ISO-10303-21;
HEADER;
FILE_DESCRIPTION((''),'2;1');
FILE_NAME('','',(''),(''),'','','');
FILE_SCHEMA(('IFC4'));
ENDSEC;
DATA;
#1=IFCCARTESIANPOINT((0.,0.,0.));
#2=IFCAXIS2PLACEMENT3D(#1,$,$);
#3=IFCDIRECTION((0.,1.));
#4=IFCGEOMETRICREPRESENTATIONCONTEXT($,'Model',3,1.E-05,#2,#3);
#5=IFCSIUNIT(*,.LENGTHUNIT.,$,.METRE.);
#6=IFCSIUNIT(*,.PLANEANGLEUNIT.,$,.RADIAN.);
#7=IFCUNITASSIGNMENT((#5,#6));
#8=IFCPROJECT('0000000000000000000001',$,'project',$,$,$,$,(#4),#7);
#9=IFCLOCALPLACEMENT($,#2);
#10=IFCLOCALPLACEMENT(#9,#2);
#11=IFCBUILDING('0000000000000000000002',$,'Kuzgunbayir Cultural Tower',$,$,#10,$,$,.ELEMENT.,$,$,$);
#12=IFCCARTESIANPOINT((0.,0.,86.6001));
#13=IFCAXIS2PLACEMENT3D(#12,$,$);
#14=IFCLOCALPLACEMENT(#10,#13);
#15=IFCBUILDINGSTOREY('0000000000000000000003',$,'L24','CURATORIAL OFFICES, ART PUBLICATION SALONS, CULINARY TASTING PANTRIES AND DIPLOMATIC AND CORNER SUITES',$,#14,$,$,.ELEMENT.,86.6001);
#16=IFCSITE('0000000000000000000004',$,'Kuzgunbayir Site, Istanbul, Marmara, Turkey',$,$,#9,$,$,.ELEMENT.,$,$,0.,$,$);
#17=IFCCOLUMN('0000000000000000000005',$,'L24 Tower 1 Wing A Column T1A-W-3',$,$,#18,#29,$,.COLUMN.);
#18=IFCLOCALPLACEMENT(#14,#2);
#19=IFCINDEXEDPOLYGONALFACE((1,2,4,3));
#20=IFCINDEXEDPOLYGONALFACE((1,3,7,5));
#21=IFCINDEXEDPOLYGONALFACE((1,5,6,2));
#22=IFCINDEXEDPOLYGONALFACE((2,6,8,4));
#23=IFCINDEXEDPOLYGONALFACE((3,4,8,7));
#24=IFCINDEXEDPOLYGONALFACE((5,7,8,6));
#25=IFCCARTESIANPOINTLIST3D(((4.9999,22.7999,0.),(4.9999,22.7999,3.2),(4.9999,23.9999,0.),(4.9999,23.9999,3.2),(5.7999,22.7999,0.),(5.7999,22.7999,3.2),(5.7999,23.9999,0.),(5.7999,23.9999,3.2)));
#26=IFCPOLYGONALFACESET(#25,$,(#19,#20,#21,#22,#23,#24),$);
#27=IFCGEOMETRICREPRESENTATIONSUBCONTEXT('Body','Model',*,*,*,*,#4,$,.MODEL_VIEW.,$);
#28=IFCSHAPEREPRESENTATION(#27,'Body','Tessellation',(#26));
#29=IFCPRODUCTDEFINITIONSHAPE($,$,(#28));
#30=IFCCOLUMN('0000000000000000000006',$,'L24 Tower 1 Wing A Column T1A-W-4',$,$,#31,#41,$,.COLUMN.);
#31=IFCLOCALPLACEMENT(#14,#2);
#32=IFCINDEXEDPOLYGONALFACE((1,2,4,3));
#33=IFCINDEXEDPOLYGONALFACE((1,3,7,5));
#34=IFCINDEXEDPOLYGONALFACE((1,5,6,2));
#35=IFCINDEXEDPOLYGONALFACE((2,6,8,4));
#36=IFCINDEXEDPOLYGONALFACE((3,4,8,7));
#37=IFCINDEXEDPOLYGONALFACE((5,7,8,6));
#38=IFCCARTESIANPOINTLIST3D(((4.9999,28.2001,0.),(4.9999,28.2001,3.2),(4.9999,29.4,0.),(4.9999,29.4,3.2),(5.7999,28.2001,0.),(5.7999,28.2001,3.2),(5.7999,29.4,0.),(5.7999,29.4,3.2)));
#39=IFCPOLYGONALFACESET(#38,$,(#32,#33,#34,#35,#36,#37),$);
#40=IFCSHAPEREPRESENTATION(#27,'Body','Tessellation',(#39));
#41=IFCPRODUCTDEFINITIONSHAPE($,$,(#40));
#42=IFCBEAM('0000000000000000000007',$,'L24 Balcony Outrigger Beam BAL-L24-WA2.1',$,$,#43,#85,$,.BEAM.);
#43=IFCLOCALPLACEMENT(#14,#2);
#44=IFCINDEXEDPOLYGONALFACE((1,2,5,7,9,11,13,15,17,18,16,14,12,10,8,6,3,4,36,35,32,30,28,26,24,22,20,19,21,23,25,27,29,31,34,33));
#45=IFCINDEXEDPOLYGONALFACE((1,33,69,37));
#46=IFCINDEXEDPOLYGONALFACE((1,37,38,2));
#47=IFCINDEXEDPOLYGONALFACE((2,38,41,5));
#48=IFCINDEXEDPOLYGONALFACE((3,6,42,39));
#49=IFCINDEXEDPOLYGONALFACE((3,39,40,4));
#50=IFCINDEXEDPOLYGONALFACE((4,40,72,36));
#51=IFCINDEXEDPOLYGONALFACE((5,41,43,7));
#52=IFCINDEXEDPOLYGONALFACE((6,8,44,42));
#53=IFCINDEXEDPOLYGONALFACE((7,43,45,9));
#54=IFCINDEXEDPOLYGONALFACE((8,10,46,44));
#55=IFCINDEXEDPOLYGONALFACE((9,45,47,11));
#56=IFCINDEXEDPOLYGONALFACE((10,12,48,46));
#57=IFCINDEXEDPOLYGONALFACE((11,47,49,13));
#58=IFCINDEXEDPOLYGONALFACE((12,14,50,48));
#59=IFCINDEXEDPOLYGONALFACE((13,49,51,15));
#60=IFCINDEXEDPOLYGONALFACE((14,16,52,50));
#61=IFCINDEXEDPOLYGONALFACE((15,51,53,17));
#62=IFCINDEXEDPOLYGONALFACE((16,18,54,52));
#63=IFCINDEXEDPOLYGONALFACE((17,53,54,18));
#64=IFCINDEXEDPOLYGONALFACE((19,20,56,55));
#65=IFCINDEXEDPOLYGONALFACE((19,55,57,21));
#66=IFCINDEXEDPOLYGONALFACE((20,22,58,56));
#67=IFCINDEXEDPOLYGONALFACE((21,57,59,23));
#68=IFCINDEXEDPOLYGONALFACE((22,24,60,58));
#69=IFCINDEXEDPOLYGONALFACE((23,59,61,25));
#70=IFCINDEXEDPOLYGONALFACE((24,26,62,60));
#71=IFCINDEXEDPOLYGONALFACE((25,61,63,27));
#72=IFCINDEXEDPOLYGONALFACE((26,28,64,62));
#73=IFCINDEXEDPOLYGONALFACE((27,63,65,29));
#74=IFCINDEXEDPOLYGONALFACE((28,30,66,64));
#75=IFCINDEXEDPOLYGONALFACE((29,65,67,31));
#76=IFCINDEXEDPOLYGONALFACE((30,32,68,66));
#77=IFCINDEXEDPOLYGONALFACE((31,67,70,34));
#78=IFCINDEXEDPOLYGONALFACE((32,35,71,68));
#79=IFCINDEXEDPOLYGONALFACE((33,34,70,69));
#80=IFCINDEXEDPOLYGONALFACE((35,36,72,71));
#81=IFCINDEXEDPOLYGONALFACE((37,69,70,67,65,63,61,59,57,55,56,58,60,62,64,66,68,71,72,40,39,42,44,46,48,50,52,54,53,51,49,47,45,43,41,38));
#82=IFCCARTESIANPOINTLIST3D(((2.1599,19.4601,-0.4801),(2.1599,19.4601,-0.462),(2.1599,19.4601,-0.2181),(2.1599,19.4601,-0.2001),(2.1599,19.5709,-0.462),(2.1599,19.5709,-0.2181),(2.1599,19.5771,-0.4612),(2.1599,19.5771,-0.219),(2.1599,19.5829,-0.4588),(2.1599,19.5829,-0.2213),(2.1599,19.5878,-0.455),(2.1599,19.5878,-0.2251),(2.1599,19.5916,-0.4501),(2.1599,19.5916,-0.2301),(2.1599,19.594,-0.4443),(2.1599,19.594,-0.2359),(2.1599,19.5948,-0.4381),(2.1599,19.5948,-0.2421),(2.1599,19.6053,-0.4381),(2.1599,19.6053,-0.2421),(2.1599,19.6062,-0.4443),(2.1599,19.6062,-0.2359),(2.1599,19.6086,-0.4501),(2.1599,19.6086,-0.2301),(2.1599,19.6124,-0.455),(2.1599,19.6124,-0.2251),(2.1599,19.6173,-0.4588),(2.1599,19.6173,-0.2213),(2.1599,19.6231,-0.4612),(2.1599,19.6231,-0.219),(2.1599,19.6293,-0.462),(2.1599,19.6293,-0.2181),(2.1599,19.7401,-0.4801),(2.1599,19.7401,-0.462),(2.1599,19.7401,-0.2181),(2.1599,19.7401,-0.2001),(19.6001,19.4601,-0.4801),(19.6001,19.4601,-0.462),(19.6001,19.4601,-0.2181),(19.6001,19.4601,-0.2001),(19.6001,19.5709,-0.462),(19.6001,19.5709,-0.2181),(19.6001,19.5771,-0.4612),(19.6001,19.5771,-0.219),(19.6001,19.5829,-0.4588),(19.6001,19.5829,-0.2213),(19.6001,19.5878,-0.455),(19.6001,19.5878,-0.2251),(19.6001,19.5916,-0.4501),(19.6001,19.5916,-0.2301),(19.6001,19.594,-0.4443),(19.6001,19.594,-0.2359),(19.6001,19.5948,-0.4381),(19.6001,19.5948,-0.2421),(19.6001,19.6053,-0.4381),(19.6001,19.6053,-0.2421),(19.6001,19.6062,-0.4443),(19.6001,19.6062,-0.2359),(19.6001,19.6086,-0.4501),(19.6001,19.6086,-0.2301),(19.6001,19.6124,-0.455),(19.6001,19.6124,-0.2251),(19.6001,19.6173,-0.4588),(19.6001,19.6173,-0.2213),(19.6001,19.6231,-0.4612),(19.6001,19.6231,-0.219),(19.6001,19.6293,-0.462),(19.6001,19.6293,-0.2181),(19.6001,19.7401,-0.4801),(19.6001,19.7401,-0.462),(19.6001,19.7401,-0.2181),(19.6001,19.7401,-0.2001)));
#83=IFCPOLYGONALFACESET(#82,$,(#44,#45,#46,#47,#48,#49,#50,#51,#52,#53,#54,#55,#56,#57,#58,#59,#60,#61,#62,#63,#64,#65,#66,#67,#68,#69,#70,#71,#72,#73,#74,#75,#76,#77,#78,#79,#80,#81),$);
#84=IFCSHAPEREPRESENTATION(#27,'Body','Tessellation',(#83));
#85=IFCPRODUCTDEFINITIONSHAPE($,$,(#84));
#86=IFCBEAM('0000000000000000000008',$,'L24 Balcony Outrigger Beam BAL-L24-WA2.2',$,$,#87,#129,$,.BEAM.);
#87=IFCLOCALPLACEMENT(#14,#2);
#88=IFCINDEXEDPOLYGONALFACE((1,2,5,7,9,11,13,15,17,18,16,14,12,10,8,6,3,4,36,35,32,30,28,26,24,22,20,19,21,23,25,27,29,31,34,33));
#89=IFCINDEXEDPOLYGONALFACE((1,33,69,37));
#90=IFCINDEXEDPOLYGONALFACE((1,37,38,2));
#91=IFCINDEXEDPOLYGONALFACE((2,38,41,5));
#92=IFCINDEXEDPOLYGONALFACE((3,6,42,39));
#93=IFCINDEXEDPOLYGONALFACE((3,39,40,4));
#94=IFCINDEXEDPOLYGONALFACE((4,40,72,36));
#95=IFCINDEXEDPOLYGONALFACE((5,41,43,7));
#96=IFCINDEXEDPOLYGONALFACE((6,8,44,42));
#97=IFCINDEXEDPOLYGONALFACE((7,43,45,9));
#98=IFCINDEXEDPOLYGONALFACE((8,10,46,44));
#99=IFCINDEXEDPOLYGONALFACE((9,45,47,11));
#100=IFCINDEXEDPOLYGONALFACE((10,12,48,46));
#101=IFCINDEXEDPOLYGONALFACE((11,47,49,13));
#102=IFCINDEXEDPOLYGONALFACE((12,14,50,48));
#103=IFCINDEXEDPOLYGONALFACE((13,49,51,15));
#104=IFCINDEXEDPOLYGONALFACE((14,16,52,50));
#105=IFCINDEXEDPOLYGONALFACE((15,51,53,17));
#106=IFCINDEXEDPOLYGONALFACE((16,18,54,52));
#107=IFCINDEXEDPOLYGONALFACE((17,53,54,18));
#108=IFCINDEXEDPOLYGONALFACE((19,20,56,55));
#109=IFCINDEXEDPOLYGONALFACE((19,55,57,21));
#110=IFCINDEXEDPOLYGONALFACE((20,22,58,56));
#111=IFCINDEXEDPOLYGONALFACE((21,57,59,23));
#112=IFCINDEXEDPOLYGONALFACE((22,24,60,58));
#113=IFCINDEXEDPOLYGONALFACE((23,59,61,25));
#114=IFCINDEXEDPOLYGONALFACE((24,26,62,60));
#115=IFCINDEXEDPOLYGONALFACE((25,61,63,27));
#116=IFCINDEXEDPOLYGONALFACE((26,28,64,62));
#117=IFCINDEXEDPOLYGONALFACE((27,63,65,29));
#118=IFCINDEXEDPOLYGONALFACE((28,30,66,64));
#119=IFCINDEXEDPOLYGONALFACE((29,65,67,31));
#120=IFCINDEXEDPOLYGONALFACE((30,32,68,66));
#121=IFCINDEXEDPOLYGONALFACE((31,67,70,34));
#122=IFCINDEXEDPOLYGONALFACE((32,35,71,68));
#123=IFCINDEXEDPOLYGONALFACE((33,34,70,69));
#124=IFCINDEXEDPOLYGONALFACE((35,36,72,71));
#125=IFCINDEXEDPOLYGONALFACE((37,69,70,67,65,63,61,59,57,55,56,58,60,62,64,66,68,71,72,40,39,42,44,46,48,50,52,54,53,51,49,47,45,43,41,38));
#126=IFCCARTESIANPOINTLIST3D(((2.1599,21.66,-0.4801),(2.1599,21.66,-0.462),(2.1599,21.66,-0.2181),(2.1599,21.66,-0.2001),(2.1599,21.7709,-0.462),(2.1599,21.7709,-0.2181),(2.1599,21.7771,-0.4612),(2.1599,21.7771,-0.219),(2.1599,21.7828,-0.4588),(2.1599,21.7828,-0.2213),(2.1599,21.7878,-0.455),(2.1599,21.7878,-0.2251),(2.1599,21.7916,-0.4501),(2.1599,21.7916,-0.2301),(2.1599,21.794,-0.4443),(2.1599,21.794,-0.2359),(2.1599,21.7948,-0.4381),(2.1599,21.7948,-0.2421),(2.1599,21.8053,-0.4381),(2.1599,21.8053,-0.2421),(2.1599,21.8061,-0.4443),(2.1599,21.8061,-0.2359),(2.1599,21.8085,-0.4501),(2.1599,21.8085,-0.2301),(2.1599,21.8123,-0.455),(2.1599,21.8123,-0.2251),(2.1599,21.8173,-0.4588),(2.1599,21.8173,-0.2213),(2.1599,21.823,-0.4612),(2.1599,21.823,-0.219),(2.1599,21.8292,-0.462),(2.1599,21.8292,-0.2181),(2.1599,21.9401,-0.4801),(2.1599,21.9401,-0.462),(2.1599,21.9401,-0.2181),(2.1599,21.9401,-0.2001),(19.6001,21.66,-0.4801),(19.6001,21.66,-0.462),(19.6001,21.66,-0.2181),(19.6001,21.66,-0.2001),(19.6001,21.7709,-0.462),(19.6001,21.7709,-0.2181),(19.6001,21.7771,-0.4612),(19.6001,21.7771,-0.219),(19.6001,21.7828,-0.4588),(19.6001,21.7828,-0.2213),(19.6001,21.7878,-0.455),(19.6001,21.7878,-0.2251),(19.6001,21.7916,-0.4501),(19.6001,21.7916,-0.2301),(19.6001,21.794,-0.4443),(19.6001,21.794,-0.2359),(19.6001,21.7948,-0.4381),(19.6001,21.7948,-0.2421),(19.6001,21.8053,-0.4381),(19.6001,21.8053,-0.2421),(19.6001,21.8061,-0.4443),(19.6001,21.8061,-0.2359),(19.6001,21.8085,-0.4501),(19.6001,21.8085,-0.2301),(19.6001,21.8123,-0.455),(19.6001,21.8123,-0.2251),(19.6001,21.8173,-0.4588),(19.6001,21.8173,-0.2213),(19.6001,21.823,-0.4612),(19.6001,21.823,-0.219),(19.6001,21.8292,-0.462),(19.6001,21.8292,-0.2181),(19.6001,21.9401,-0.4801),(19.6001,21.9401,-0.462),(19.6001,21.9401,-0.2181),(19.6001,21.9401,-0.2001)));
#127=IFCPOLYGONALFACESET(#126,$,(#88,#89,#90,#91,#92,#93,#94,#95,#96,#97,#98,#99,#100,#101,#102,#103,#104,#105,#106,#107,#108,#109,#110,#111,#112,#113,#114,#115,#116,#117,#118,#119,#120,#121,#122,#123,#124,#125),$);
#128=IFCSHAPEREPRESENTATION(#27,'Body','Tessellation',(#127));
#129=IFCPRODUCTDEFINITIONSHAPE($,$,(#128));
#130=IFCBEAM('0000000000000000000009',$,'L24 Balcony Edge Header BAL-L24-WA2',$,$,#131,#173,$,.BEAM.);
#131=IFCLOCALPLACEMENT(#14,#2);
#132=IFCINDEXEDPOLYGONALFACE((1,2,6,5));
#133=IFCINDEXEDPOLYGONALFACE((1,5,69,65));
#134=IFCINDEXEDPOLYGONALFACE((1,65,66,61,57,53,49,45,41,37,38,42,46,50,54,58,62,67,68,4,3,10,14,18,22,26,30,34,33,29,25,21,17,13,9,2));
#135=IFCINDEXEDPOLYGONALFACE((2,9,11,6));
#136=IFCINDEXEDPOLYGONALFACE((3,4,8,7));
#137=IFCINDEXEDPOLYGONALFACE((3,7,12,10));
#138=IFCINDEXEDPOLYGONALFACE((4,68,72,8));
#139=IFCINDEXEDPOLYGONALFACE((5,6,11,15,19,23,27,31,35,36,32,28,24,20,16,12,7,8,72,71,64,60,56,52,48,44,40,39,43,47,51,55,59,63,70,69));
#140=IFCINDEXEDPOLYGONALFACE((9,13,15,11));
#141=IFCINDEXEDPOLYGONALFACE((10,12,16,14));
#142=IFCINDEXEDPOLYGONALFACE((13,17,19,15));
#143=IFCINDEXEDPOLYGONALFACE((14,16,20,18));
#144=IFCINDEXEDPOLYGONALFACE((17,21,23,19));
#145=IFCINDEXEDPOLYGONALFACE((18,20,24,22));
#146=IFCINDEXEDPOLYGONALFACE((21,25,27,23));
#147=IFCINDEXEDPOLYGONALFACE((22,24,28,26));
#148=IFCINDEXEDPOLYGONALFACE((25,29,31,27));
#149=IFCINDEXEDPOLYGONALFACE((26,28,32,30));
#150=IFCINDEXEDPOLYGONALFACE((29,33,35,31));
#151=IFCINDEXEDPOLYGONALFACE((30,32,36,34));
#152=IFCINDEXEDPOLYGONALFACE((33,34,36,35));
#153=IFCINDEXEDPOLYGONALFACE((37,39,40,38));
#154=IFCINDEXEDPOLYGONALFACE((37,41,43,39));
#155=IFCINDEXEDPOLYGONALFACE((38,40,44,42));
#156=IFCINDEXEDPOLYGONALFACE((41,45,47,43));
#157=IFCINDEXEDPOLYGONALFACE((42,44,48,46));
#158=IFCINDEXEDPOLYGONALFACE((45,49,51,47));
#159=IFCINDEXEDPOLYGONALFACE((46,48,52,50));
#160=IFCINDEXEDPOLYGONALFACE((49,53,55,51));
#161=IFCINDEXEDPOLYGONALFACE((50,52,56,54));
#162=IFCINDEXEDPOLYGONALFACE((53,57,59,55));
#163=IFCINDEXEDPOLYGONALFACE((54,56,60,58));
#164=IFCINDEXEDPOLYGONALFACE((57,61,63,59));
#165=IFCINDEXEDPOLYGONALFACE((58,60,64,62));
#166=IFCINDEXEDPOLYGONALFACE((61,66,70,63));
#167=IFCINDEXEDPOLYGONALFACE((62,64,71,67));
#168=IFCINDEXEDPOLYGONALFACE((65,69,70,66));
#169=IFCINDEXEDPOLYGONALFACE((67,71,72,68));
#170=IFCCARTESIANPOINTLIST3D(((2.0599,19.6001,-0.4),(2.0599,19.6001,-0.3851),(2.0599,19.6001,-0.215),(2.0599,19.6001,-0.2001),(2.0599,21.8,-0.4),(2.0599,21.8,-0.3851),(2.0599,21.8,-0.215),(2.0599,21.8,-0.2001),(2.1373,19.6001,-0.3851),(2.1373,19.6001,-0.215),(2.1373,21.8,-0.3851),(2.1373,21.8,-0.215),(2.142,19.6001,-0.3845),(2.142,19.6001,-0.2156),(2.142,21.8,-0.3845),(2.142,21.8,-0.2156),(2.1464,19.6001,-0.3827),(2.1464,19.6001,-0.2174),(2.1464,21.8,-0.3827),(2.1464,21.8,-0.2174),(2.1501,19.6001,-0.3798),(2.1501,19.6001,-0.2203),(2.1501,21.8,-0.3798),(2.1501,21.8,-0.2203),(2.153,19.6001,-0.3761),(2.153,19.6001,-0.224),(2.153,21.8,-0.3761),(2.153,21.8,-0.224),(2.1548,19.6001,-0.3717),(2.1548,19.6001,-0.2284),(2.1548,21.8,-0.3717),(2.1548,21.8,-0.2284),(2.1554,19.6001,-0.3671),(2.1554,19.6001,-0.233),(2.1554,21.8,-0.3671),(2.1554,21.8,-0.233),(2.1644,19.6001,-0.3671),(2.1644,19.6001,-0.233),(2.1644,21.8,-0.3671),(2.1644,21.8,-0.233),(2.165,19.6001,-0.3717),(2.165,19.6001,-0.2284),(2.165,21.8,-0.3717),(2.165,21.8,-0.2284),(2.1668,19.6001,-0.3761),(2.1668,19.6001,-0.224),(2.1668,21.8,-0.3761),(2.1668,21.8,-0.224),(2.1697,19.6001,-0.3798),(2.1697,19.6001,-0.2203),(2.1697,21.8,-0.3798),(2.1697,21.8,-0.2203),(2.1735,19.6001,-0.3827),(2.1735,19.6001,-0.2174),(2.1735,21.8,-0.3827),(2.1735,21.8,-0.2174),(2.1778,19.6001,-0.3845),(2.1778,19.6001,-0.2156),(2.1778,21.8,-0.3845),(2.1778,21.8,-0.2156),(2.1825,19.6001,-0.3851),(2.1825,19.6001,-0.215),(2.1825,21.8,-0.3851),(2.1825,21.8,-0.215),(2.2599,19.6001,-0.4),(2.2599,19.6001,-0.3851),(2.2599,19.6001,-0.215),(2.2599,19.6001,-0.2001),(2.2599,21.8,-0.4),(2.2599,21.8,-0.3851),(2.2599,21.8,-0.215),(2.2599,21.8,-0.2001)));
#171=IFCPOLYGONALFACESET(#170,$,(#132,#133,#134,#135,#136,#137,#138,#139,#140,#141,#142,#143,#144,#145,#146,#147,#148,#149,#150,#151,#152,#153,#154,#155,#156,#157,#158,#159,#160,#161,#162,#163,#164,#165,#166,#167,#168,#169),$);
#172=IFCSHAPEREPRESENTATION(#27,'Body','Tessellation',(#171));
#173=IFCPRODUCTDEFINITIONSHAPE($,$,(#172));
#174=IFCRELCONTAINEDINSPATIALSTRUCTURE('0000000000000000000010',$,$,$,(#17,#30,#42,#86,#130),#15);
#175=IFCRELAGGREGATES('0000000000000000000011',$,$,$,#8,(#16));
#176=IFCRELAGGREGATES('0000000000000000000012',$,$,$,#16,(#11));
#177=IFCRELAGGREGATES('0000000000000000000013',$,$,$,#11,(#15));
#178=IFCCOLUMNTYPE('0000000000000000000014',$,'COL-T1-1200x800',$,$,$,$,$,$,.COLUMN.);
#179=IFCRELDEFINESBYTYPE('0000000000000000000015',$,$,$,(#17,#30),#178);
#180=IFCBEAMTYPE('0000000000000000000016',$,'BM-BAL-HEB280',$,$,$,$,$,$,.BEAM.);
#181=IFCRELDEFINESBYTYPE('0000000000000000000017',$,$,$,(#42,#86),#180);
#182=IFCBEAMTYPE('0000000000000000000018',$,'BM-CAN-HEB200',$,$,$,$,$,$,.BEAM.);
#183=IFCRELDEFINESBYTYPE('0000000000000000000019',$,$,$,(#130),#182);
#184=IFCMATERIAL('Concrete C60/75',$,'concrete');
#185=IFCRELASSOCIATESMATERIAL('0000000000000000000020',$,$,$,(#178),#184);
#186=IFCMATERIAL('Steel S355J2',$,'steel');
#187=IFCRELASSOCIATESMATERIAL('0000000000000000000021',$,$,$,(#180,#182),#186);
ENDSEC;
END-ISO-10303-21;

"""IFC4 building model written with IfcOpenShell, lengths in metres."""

from ifc_helpers import new_model, si_unit, direction, frame, origin, origin_2d, place, context, subcontext, project, spatial, rectangle, i_section, extrude, material, material_profile, profile_set, type_object, element, save


model = new_model("IFC4")

# Units and contexts
model_context = context("Model", 3, precision=1e-05, world=origin(), true_north=direction((0.0, 1.0)))
body_context = subcontext(model_context, "Body", "Model", "MODEL_VIEW")
ifc_project = project(units=[si_unit("LENGTHUNIT", "METRE"), si_unit("PLANEANGLEUNIT", "RADIAN")], contexts=[model_context])

# Site, building, storey
site_placement = place(None, origin())
site = spatial("IfcSite", under=ifc_project, at=site_placement, Name="Kuzgunbayir Site, Istanbul, Marmara, Turkey", CompositionType="ELEMENT", RefElevation=0.0)
building_placement = place(site_placement, origin())
building = spatial("IfcBuilding", under=site, at=building_placement, Name="Kuzgunbayir Cultural Tower", CompositionType="ELEMENT")
storey_placement = place(building_placement, frame((0.0, 0.0, 86.6001)))
storey = spatial("IfcBuildingStorey", under=building, at=storey_placement, Name="L24", Description="CURATORIAL OFFICES, ART PUBLICATION SALONS, CULINARY TASTING PANTRIES AND DIPLOMATIC AND CORNER SUITES", CompositionType="ELEMENT", Elevation=86.6001)

# Columns
ifc_material_1 = material(Name="Concrete C60/75", Category="concrete")
ifc_material_profile_1 = material_profile(ifc_material_1, rectangle(XDim=0.8, YDim=1.2, at=origin_2d()), Name="RC 1200x800")
ifc_profile_set_1 = profile_set([ifc_material_profile_1], Name="Concrete C60/75")
column_type = type_object("IfcColumnType", Name="COL-T1-1200x800", PredefinedType="COLUMN", material=ifc_profile_set_1)
for number, where, z_axis, x_axis, name in (
    (1, (5.3999, 23.3999, 0.0), (0.0, 0.0, 1.0), (1.0, 0.0, 0.0), "L24 Tower 1 Wing A Column T1A-W-3"),
    (2, (5.3999, 28.8, 0.0), (0.0, 0.0, 1.0), (1.0, 0.0, 0.0), "L24 Tower 1 Wing A Column T1A-W-4"),
):
    element("IfcColumn", number, at=place(storey_placement, frame(where, z_axis=z_axis, x_axis=x_axis)), inside=storey, type_object=column_type, Name=name, PredefinedType="COLUMN", context=body_context, shape_type="SweptSolid", body=[
        extrude(rectangle(XDim=0.8, YDim=1.2, at=origin_2d()), origin(), (0.0, 0.0, 1.0), 3.2),
    ])

# Beams
ifc_material_2 = material(Name="Steel S355J2", Category="steel")
ifc_material_profile_2 = material_profile(ifc_material_2, i_section(OverallWidth=0.28, OverallDepth=0.28, WebThickness=0.0105, FlangeThickness=0.0181, FilletRadius=0.0239, at=origin_2d()), Name="HEB 280")
ifc_profile_set_2 = profile_set([ifc_material_profile_2], Name="Steel S355J2")
beam_type_1 = type_object("IfcBeamType", Name="BM-BAL-HEB280", PredefinedType="BEAM", material=ifc_profile_set_2)
for number, where, z_axis, x_axis, name in (
    (3, (2.1599, 19.6001, -0.3401), (1.0, 0.0, 0.0), (0.0, 1.0, 0.0), "L24 Balcony Outrigger Beam BAL-L24-WA2.1"),
    (4, (2.1599, 21.8, -0.3401), (1.0, 0.0, 0.0), (0.0, 1.0, 0.0), "L24 Balcony Outrigger Beam BAL-L24-WA2.2"),
):
    element("IfcBeam", number, at=place(storey_placement, frame(where, z_axis=z_axis, x_axis=x_axis)), inside=storey, type_object=beam_type_1, Name=name, PredefinedType="BEAM", context=body_context, shape_type="SweptSolid", body=[
        extrude(i_section(OverallWidth=0.28, OverallDepth=0.28, WebThickness=0.0105, FlangeThickness=0.0181, FilletRadius=0.0239, at=origin_2d()), origin(), (0.0, 0.0, 1.0), 17.4402),
    ])
ifc_material_profile_3 = material_profile(ifc_material_2, i_section(OverallWidth=0.2, OverallDepth=0.2, WebThickness=0.009, FlangeThickness=0.0149, FilletRadius=0.0181, at=origin_2d()), Name="HEB 200")
ifc_profile_set_3 = profile_set([ifc_material_profile_3], Name="Steel S355J2")
beam_type_2 = type_object("IfcBeamType", Name="BM-CAN-HEB200", PredefinedType="BEAM", material=ifc_profile_set_3)
beam_1_placement = place(storey_placement, frame((2.1599, 19.6001, -0.3), z_axis=(0.0, 1.0, 0.0), x_axis=(-1.0, 0.0, 0.0)))
element("IfcBeam", 5, at=beam_1_placement, inside=storey, type_object=beam_type_2, Name="L24 Balcony Edge Header BAL-L24-WA2", PredefinedType="BEAM", context=body_context, shape_type="SweptSolid", body=[
    extrude(i_section(OverallWidth=0.2, OverallDepth=0.2, WebThickness=0.009, FlangeThickness=0.0149, FilletRadius=0.0181, at=origin_2d()), origin(), (0.0, 0.0, 1.0), 2.2),
])

save(model, "model.ifc")
